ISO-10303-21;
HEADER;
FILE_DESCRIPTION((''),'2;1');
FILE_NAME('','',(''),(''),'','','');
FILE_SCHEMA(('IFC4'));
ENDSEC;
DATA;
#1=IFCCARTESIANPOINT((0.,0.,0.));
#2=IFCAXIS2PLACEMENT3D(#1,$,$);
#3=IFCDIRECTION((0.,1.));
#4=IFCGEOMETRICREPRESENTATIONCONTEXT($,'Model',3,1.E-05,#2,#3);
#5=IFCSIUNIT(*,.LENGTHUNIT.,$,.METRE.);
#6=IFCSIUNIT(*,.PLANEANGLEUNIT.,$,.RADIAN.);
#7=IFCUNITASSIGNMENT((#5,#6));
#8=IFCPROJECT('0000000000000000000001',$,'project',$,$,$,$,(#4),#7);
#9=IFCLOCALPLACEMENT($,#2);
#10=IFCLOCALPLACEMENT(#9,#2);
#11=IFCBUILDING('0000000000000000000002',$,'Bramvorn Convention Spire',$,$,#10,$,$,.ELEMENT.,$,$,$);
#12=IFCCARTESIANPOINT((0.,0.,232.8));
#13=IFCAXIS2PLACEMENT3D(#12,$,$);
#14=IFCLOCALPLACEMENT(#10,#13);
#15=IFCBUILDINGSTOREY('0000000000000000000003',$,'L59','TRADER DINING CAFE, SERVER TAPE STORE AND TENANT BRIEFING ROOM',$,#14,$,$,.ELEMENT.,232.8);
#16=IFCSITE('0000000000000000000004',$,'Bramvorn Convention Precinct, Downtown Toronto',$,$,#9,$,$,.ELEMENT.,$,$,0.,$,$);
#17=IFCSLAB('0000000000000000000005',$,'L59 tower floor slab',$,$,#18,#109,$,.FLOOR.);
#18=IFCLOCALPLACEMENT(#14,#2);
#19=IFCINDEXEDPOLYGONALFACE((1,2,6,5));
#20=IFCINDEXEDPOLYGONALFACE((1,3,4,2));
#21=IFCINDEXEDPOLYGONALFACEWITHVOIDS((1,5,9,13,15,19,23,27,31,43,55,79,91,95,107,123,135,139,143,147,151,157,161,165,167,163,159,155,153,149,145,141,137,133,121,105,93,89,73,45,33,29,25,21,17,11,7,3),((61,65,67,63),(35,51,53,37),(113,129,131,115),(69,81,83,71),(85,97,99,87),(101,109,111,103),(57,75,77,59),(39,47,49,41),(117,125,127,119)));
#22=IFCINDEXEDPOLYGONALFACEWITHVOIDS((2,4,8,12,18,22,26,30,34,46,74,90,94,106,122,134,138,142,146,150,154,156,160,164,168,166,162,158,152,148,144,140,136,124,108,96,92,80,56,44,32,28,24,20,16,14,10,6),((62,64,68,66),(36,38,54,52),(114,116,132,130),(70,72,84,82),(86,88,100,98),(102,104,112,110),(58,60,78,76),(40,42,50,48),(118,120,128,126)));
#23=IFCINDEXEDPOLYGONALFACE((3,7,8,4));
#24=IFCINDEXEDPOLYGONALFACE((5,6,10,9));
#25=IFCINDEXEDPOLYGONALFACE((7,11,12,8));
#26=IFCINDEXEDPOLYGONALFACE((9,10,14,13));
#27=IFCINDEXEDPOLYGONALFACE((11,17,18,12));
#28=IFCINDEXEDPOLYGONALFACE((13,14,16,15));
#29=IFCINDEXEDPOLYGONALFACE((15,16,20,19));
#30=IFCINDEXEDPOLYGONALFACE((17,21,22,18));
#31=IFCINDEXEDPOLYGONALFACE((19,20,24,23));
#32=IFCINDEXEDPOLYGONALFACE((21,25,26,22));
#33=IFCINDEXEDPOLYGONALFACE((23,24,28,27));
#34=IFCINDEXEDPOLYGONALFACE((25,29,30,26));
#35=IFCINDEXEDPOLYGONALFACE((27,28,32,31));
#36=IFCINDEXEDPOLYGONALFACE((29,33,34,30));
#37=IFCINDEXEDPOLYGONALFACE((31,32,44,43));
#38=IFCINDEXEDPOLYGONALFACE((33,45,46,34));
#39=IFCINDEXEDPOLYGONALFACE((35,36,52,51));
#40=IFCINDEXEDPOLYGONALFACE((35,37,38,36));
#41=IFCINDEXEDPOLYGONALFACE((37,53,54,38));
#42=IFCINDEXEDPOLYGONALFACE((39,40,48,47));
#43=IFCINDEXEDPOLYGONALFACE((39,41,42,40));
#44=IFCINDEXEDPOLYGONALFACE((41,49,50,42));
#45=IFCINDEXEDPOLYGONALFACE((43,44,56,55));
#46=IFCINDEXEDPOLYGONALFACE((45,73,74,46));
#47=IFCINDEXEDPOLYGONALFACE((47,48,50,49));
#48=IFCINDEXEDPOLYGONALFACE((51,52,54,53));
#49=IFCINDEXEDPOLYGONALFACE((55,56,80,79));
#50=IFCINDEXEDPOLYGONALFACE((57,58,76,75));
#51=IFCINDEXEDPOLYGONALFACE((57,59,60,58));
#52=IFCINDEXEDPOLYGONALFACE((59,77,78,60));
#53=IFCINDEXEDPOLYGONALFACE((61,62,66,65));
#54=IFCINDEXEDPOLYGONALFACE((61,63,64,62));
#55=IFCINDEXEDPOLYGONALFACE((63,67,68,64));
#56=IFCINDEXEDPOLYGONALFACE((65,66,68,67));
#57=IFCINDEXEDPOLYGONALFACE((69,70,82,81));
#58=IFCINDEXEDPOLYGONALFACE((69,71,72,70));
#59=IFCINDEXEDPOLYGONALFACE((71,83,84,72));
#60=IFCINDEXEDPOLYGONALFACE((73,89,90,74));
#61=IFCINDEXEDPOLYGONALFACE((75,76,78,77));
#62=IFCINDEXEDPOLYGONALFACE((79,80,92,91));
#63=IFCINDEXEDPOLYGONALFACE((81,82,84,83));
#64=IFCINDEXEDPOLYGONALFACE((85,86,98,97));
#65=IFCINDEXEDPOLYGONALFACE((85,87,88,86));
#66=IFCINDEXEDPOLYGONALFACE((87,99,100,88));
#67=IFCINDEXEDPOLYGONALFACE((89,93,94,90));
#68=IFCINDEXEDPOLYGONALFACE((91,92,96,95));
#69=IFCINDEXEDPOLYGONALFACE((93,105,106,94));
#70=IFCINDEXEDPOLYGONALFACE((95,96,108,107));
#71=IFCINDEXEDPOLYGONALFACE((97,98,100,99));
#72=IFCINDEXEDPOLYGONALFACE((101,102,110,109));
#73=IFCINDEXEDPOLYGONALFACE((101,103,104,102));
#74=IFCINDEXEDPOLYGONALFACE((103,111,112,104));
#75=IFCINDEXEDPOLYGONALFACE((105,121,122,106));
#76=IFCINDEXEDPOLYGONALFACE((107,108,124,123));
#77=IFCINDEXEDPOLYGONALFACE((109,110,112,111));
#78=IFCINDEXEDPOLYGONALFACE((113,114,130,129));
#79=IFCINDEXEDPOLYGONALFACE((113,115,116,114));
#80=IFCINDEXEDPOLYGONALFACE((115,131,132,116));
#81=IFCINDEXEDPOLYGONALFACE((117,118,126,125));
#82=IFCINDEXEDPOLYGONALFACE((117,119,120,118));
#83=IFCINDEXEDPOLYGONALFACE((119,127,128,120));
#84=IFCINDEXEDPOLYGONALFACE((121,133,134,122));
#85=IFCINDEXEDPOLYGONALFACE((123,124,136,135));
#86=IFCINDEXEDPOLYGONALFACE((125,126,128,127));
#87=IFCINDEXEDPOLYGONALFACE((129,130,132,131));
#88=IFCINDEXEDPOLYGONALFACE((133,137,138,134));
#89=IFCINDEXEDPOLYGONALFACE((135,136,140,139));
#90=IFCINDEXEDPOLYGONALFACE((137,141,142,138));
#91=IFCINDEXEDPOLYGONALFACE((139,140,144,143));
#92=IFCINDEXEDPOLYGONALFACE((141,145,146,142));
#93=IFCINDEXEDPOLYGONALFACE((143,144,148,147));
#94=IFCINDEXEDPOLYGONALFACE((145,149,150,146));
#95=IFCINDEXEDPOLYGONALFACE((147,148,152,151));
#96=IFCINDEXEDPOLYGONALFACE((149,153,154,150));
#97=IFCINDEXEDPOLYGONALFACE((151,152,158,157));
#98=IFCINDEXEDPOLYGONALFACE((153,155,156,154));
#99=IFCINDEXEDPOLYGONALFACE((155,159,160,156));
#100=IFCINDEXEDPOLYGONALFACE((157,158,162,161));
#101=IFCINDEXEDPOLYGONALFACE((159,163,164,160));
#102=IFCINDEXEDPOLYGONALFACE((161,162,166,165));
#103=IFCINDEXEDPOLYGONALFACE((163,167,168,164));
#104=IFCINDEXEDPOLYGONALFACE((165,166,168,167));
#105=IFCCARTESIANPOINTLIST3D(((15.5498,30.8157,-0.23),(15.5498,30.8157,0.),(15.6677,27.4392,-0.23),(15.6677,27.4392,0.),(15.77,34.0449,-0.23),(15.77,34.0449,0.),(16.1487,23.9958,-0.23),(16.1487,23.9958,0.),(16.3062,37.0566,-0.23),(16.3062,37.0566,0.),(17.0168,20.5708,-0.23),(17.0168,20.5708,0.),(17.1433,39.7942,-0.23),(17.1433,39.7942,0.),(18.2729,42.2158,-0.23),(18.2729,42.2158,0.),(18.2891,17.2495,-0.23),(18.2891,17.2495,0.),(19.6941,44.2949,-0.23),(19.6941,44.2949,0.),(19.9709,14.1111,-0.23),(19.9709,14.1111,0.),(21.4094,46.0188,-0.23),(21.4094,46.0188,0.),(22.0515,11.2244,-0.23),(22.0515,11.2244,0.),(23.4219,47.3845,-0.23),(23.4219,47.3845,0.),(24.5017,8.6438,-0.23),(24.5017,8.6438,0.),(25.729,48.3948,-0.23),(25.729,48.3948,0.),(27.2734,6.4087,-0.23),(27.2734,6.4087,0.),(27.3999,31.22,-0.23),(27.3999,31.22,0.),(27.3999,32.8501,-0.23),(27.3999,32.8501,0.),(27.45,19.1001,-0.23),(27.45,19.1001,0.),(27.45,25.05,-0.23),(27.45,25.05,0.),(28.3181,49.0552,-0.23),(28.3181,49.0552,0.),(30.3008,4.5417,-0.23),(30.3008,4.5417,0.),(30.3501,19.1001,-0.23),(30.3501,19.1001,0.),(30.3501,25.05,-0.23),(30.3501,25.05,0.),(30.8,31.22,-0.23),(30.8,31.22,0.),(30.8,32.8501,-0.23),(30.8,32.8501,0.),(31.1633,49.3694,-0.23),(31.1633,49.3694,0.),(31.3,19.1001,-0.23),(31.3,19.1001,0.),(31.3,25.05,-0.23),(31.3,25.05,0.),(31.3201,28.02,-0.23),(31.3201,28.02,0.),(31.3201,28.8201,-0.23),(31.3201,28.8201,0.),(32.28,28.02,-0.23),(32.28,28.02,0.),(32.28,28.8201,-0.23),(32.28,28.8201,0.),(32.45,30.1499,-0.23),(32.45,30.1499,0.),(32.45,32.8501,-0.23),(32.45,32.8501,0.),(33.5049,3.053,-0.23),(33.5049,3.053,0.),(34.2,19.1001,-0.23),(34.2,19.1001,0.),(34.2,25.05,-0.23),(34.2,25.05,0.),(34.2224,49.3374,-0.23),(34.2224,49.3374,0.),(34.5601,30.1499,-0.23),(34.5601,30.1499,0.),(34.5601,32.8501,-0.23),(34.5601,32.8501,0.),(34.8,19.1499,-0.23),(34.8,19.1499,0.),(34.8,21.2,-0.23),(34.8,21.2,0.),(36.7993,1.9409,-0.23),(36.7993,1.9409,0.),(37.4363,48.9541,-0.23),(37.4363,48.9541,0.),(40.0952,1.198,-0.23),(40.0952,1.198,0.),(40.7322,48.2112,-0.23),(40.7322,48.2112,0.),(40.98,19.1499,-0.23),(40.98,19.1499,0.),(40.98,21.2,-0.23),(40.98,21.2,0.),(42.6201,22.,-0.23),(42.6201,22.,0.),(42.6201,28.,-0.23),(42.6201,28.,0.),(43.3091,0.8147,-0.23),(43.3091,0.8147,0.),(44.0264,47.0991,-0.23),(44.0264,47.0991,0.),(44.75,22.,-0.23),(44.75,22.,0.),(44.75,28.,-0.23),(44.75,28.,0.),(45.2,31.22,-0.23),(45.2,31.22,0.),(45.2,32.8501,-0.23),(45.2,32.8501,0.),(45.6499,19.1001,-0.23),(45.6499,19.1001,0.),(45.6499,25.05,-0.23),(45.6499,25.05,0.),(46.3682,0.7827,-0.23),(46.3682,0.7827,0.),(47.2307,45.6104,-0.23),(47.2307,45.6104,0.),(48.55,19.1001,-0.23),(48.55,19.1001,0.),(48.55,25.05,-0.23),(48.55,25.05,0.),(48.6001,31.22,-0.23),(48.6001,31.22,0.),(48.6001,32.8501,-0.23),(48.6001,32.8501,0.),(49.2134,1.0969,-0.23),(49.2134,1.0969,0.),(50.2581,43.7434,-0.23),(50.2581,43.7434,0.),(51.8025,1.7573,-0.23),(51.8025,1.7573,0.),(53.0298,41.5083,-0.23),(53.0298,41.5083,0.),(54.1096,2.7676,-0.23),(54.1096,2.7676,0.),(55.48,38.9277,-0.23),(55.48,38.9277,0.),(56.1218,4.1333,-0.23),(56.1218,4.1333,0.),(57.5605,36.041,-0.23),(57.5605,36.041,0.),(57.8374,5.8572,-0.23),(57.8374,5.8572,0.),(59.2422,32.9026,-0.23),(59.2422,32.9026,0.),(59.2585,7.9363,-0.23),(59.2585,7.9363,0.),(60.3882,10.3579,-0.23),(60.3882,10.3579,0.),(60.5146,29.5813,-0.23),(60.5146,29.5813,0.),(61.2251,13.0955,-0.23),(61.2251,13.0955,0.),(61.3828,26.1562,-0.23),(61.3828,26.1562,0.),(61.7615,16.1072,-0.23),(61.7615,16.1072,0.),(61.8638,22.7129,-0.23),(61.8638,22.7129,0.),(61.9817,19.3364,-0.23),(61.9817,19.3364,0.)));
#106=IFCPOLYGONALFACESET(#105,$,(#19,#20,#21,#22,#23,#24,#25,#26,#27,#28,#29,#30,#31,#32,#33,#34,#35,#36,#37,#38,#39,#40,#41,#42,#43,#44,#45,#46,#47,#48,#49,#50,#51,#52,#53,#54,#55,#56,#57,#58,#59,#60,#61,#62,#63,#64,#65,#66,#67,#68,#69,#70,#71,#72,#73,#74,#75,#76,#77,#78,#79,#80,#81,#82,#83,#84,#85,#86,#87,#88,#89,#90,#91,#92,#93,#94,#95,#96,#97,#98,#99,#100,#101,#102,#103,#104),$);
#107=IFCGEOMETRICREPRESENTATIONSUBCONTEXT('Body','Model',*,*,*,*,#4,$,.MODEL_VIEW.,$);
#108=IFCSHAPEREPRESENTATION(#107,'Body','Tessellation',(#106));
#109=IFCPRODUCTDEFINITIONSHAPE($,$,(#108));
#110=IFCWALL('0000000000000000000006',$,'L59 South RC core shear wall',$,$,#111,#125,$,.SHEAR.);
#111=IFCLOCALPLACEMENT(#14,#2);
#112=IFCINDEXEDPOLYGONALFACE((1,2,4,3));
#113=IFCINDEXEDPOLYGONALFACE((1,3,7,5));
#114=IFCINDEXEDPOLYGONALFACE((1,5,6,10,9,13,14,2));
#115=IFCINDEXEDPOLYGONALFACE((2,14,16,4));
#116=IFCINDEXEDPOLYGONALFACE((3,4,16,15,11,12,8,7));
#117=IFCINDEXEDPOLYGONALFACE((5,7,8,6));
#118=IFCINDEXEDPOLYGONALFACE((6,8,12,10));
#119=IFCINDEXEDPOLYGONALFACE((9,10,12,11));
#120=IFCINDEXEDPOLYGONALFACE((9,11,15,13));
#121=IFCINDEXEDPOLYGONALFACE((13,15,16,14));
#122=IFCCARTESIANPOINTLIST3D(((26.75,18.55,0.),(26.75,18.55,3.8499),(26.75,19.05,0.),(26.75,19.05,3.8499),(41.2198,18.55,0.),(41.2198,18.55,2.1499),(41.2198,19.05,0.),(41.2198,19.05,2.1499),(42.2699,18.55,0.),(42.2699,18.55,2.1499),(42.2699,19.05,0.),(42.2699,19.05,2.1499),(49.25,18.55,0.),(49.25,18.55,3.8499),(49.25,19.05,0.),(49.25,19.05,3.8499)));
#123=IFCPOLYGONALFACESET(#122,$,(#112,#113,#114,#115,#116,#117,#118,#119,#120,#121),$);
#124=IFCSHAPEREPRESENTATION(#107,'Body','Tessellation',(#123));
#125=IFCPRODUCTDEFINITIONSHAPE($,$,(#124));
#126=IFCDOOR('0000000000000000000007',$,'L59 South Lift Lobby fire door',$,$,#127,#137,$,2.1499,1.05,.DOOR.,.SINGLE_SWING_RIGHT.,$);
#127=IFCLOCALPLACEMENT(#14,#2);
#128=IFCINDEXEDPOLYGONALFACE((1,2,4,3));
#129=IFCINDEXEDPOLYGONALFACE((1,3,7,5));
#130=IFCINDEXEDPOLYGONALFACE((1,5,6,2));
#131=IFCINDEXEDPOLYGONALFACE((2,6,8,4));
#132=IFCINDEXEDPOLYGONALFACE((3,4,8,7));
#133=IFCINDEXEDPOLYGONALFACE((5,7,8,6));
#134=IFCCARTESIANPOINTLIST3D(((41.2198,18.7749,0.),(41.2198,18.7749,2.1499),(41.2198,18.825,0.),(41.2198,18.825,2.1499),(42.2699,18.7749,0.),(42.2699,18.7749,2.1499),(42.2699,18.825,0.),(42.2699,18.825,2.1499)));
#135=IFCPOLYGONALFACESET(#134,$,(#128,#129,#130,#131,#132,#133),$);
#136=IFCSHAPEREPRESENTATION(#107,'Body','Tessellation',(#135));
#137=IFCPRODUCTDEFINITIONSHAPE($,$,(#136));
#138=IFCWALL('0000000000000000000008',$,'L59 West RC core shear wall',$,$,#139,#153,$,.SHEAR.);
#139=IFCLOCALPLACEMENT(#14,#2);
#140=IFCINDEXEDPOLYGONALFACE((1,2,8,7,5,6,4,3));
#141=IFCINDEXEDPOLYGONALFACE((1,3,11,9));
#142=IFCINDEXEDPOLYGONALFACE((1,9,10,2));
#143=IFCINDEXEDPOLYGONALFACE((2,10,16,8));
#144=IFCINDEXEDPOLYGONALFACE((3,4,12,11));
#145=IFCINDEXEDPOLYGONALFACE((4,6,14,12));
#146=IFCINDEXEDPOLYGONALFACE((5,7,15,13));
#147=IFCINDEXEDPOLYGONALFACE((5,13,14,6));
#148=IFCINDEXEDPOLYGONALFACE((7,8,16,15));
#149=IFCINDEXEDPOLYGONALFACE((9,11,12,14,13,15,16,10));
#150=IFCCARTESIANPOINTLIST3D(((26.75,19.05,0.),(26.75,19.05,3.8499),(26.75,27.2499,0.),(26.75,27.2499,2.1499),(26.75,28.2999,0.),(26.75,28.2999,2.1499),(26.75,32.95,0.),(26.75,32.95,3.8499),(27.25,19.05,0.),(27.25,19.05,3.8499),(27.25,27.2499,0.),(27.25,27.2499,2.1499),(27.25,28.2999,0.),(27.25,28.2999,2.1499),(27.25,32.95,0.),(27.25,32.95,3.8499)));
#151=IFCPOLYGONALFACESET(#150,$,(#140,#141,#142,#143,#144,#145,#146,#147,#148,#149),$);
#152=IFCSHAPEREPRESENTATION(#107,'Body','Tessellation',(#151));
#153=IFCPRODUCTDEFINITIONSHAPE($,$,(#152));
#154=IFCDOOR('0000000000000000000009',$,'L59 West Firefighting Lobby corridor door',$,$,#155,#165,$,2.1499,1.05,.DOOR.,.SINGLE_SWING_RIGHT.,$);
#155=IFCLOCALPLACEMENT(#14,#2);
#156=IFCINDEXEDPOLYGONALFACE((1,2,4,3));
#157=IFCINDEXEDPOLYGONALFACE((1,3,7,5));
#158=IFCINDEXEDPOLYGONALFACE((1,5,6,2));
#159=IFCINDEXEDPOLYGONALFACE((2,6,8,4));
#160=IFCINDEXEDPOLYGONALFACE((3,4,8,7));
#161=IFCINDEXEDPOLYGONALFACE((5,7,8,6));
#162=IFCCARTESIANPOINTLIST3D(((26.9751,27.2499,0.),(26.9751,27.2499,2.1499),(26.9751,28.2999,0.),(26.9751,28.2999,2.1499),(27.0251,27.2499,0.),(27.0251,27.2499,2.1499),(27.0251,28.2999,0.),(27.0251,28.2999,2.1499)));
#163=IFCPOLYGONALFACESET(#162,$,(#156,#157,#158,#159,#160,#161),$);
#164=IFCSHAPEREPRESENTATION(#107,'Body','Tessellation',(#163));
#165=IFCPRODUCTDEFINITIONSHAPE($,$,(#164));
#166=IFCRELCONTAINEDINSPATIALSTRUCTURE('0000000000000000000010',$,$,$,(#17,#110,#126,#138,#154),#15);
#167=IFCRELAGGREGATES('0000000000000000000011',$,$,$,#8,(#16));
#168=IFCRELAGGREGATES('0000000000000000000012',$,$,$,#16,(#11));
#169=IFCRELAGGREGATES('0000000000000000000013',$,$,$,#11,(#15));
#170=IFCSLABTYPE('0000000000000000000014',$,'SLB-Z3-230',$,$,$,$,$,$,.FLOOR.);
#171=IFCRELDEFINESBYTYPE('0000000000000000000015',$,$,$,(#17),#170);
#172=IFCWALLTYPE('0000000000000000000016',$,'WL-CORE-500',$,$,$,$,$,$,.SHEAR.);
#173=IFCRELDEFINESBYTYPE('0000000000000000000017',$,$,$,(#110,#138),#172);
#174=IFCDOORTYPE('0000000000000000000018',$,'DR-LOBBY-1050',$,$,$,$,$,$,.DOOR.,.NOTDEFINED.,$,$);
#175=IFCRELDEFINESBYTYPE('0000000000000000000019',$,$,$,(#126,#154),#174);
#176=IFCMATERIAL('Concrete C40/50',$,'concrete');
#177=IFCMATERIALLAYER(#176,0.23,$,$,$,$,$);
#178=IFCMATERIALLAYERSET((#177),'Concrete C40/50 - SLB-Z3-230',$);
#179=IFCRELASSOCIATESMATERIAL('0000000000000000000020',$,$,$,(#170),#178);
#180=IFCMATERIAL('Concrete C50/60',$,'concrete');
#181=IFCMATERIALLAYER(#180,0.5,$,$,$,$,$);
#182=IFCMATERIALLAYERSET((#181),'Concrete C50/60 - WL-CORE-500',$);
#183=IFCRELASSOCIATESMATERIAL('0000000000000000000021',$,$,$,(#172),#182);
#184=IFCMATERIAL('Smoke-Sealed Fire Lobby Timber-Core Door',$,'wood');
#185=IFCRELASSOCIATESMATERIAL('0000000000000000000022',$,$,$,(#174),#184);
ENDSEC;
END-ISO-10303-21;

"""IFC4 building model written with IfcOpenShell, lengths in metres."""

from ifc_helpers import new_model, si_unit, direction, frame, frame_2d, origin, place, context, subcontext, project, spatial, polyline, rectangle, outline, extrude, material, layer, layer_set, type_object, element, fill, save


model = new_model("IFC4")

# Units and contexts
model_context = context("Model", 3, precision=1e-05, world=origin(), true_north=direction((0.0, 1.0)))
body_context = subcontext(model_context, "Body", "Model", "MODEL_VIEW")
ifc_project = project(units=[si_unit("LENGTHUNIT", "METRE"), si_unit("PLANEANGLEUNIT", "RADIAN")], contexts=[model_context])

# Site, building, storey
site_placement = place(None, origin())
site = spatial("IfcSite", under=ifc_project, at=site_placement, Name="Bramvorn Convention Precinct, Downtown Toronto", CompositionType="ELEMENT", RefElevation=0.0)
building_placement = place(site_placement, origin())
building = spatial("IfcBuilding", under=site, at=building_placement, Name="Bramvorn Convention Spire", CompositionType="ELEMENT")
storey_placement = place(building_placement, frame((0.0, 0.0, 232.8)))
storey = spatial("IfcBuildingStorey", under=building, at=storey_placement, Name="L59", Description="TRADER DINING CAFE, SERVER TAPE STORE AND TENANT BRIEFING ROOM", CompositionType="ELEMENT", Elevation=232.8)

# Slab
ifc_material_1 = material(Name="Concrete C40/50", Category="concrete")
ifc_layer_1 = layer(ifc_material_1, 0.23)
ifc_layer_set_1 = layer_set([ifc_layer_1], Name="Concrete C40/50 - SLB-Z3-230")
slab_type_1 = type_object("IfcSlabType", Name="SLB-Z3-230", PredefinedType="FLOOR", material=ifc_layer_set_1)
slab_1_placement = place(storey_placement, frame((0.0, 0.0, -0.23)))
element("IfcSlab", 1, at=slab_1_placement, inside=storey, type_object=slab_type_1, Name="L59 tower floor slab", PredefinedType="FLOOR", context=body_context, shape_type="SweptSolid", body=[
    extrude(outline(polyline([(56.1218, 4.1333), (57.8374, 5.8572), (59.2585, 7.9363), (60.3882, 10.3579), (61.2251, 13.0955), (61.7615, 16.1072), (61.9817, 19.3364), (61.8638, 22.7129), (61.3828, 26.1562), (60.5146, 29.5813), (59.2422, 32.9026), (57.5605, 36.041), (55.48, 38.9277), (53.0298, 41.5083), (50.2581, 43.7434), (47.2307, 45.6104), (44.0264, 47.0991), (40.7322, 48.2112), (37.4363, 48.9541), (34.2224, 49.3374), (31.1633, 49.3694), (28.3181, 49.0552), (25.729, 48.3948), (23.4219, 47.3845), (21.4094, 46.0188), (19.6941, 44.2949), (18.2729, 42.2158), (17.1433, 39.7942), (16.3062, 37.0566), (15.77, 34.0449), (15.5498, 30.8157), (15.6677, 27.4392), (16.1487, 23.9958), (17.0168, 20.5708), (18.2891, 17.2495), (19.9709, 14.1111), (22.0515, 11.2244), (24.5017, 8.6438), (27.2734, 6.4087), (30.3008, 4.5417), (33.5049, 3.053), (36.7993, 1.9409), (40.0952, 1.198), (43.3091, 0.8147), (46.3682, 0.7827), (49.2134, 1.0969), (51.8025, 1.7573), (54.1096, 2.7676), (56.1218, 4.1333)]), holes=[polyline([(27.45, 25.05), (27.45, 19.1001), (30.3501, 19.1001), (30.3501, 25.05), (27.45, 25.05)]), polyline([(45.6499, 25.05), (45.6499, 19.1001), (48.55, 19.1001), (48.55, 25.05), (45.6499, 25.05)]), polyline([(31.3, 25.05), (31.3, 19.1001), (34.2, 19.1001), (34.2, 25.05), (31.3, 25.05)]), polyline([(27.3999, 31.22), (30.8, 31.22), (30.8, 32.8501), (27.3999, 32.8501), (27.3999, 31.22)]), polyline([(45.2, 31.22), (48.6001, 31.22), (48.6001, 32.8501), (45.2, 32.8501), (45.2, 31.22)]), polyline([(32.45, 30.1499), (34.5601, 30.1499), (34.5601, 32.8501), (32.45, 32.8501), (32.45, 30.1499)]), polyline([(34.8, 19.1499), (40.98, 19.1499), (40.98, 21.2), (34.8, 21.2), (34.8, 19.1499)]), polyline([(42.6201, 22.0), (44.75, 22.0), (44.75, 28.0), (42.6201, 28.0), (42.6201, 22.0)]), polyline([(31.3201, 28.02), (32.28, 28.02), (32.28, 28.8201), (31.3201, 28.8201), (31.3201, 28.02)])]), origin(), (0.0, 0.0, 1.0), 0.23),
])

# Walls, openings, doors
ifc_material_2 = material(Name="Concrete C50/60", Category="concrete")
ifc_layer_2 = layer(ifc_material_2, 0.5)
ifc_layer_set_2 = layer_set([ifc_layer_2], Name="Concrete C50/60 - WL-CORE-500")
wall_type_1 = type_object("IfcWallType", Name="WL-CORE-500", PredefinedType="SHEAR", material=ifc_layer_set_2)
wall_1_placement = place(storey_placement, frame((26.75, 18.8, 0.0), z_axis=(0.0, 0.0, 1.0), x_axis=(1.0, 0.0, 0.0)))
wall_1 = element("IfcWall", 2, at=wall_1_placement, inside=storey, type_object=wall_type_1, Name="L59 South RC core shear wall", PredefinedType="SHEAR", context=body_context, shape_type="SweptSolid", body=[
    extrude(rectangle(XDim=22.5, YDim=0.5, at=frame_2d((11.25, 0.0))), origin(), (0.0, 0.0, 1.0), 3.8499),
])
opening_1_placement = place(wall_1_placement, frame((14.47, 0.0, 0.0)))
opening_1 = element("IfcOpeningElement", 3, at=opening_1_placement, cuts=wall_1, PredefinedType="OPENING", context=body_context, shape_type="SweptSolid", body=[
    extrude(rectangle(XDim=1.05, YDim=2.1499, at=frame_2d((0.5249, 1.075))), frame((0.0, 0.26, 0.0), z_axis=(0.0, -1.0, 0.0), x_axis=(1.0, 0.0, 0.0)), (0.0, 0.0, 1.0), 0.52),
])
ifc_material_3 = material(Name="Smoke-Sealed Fire Lobby Timber-Core Door", Category="wood")
door_type_1 = type_object("IfcDoorType", Name="DR-LOBBY-1050", OperationType="NOTDEFINED", PredefinedType="DOOR", material=ifc_material_3)
door_1_placement = place(opening_1_placement, origin())
door_1 = element("IfcDoor", 4, at=door_1_placement, inside=storey, type_object=door_type_1, Name="L59 South Lift Lobby fire door", OperationType="SINGLE_SWING_RIGHT", OverallHeight=2.1499, OverallWidth=1.05, PredefinedType="DOOR", context=body_context, shape_type="SweptSolid", body=[
    extrude(rectangle(XDim=1.05, YDim=2.1499, at=frame_2d((0.5249, 1.075))), frame((0.0, 0.0249, 0.0), z_axis=(0.0, -1.0, 0.0), x_axis=(1.0, 0.0, 0.0)), (0.0, 0.0, 1.0), 0.05),
])
fill(opening_1, door_1)
wall_2_placement = place(storey_placement, frame((27.0, 19.05, 0.0), z_axis=(0.0, 0.0, 1.0), x_axis=(0.0, 1.0, 0.0)))
wall_2 = element("IfcWall", 5, at=wall_2_placement, inside=storey, type_object=wall_type_1, Name="L59 West RC core shear wall", PredefinedType="SHEAR", context=body_context, shape_type="SweptSolid", body=[
    extrude(rectangle(XDim=13.8999, YDim=0.5, at=frame_2d((6.95, 0.0))), origin(), (0.0, 0.0, 1.0), 3.8499),
])
opening_2_placement = place(wall_2_placement, frame((8.2, 0.0, 0.0)))
opening_2 = element("IfcOpeningElement", 6, at=opening_2_placement, cuts=wall_2, PredefinedType="OPENING", context=body_context, shape_type="SweptSolid", body=[
    extrude(rectangle(XDim=1.05, YDim=2.1499, at=frame_2d((0.5249, 1.075))), frame((0.0, 0.26, 0.0), z_axis=(0.0, -1.0, 0.0), x_axis=(1.0, 0.0, 0.0)), (0.0, 0.0, 1.0), 0.52),
])
door_2_placement = place(opening_2_placement, origin())
door_2 = element("IfcDoor", 7, at=door_2_placement, inside=storey, type_object=door_type_1, Name="L59 West Firefighting Lobby corridor door", OperationType="SINGLE_SWING_RIGHT", OverallHeight=2.1499, OverallWidth=1.05, PredefinedType="DOOR", context=body_context, shape_type="SweptSolid", body=[
    extrude(rectangle(XDim=1.05, YDim=2.1499, at=frame_2d((0.5249, 1.075))), frame((0.0, 0.0249, 0.0), z_axis=(0.0, -1.0, 0.0), x_axis=(1.0, 0.0, 0.0)), (0.0, 0.0, 1.0), 0.05),
])
fill(opening_2, door_2)

save(model, "model.ifc")
